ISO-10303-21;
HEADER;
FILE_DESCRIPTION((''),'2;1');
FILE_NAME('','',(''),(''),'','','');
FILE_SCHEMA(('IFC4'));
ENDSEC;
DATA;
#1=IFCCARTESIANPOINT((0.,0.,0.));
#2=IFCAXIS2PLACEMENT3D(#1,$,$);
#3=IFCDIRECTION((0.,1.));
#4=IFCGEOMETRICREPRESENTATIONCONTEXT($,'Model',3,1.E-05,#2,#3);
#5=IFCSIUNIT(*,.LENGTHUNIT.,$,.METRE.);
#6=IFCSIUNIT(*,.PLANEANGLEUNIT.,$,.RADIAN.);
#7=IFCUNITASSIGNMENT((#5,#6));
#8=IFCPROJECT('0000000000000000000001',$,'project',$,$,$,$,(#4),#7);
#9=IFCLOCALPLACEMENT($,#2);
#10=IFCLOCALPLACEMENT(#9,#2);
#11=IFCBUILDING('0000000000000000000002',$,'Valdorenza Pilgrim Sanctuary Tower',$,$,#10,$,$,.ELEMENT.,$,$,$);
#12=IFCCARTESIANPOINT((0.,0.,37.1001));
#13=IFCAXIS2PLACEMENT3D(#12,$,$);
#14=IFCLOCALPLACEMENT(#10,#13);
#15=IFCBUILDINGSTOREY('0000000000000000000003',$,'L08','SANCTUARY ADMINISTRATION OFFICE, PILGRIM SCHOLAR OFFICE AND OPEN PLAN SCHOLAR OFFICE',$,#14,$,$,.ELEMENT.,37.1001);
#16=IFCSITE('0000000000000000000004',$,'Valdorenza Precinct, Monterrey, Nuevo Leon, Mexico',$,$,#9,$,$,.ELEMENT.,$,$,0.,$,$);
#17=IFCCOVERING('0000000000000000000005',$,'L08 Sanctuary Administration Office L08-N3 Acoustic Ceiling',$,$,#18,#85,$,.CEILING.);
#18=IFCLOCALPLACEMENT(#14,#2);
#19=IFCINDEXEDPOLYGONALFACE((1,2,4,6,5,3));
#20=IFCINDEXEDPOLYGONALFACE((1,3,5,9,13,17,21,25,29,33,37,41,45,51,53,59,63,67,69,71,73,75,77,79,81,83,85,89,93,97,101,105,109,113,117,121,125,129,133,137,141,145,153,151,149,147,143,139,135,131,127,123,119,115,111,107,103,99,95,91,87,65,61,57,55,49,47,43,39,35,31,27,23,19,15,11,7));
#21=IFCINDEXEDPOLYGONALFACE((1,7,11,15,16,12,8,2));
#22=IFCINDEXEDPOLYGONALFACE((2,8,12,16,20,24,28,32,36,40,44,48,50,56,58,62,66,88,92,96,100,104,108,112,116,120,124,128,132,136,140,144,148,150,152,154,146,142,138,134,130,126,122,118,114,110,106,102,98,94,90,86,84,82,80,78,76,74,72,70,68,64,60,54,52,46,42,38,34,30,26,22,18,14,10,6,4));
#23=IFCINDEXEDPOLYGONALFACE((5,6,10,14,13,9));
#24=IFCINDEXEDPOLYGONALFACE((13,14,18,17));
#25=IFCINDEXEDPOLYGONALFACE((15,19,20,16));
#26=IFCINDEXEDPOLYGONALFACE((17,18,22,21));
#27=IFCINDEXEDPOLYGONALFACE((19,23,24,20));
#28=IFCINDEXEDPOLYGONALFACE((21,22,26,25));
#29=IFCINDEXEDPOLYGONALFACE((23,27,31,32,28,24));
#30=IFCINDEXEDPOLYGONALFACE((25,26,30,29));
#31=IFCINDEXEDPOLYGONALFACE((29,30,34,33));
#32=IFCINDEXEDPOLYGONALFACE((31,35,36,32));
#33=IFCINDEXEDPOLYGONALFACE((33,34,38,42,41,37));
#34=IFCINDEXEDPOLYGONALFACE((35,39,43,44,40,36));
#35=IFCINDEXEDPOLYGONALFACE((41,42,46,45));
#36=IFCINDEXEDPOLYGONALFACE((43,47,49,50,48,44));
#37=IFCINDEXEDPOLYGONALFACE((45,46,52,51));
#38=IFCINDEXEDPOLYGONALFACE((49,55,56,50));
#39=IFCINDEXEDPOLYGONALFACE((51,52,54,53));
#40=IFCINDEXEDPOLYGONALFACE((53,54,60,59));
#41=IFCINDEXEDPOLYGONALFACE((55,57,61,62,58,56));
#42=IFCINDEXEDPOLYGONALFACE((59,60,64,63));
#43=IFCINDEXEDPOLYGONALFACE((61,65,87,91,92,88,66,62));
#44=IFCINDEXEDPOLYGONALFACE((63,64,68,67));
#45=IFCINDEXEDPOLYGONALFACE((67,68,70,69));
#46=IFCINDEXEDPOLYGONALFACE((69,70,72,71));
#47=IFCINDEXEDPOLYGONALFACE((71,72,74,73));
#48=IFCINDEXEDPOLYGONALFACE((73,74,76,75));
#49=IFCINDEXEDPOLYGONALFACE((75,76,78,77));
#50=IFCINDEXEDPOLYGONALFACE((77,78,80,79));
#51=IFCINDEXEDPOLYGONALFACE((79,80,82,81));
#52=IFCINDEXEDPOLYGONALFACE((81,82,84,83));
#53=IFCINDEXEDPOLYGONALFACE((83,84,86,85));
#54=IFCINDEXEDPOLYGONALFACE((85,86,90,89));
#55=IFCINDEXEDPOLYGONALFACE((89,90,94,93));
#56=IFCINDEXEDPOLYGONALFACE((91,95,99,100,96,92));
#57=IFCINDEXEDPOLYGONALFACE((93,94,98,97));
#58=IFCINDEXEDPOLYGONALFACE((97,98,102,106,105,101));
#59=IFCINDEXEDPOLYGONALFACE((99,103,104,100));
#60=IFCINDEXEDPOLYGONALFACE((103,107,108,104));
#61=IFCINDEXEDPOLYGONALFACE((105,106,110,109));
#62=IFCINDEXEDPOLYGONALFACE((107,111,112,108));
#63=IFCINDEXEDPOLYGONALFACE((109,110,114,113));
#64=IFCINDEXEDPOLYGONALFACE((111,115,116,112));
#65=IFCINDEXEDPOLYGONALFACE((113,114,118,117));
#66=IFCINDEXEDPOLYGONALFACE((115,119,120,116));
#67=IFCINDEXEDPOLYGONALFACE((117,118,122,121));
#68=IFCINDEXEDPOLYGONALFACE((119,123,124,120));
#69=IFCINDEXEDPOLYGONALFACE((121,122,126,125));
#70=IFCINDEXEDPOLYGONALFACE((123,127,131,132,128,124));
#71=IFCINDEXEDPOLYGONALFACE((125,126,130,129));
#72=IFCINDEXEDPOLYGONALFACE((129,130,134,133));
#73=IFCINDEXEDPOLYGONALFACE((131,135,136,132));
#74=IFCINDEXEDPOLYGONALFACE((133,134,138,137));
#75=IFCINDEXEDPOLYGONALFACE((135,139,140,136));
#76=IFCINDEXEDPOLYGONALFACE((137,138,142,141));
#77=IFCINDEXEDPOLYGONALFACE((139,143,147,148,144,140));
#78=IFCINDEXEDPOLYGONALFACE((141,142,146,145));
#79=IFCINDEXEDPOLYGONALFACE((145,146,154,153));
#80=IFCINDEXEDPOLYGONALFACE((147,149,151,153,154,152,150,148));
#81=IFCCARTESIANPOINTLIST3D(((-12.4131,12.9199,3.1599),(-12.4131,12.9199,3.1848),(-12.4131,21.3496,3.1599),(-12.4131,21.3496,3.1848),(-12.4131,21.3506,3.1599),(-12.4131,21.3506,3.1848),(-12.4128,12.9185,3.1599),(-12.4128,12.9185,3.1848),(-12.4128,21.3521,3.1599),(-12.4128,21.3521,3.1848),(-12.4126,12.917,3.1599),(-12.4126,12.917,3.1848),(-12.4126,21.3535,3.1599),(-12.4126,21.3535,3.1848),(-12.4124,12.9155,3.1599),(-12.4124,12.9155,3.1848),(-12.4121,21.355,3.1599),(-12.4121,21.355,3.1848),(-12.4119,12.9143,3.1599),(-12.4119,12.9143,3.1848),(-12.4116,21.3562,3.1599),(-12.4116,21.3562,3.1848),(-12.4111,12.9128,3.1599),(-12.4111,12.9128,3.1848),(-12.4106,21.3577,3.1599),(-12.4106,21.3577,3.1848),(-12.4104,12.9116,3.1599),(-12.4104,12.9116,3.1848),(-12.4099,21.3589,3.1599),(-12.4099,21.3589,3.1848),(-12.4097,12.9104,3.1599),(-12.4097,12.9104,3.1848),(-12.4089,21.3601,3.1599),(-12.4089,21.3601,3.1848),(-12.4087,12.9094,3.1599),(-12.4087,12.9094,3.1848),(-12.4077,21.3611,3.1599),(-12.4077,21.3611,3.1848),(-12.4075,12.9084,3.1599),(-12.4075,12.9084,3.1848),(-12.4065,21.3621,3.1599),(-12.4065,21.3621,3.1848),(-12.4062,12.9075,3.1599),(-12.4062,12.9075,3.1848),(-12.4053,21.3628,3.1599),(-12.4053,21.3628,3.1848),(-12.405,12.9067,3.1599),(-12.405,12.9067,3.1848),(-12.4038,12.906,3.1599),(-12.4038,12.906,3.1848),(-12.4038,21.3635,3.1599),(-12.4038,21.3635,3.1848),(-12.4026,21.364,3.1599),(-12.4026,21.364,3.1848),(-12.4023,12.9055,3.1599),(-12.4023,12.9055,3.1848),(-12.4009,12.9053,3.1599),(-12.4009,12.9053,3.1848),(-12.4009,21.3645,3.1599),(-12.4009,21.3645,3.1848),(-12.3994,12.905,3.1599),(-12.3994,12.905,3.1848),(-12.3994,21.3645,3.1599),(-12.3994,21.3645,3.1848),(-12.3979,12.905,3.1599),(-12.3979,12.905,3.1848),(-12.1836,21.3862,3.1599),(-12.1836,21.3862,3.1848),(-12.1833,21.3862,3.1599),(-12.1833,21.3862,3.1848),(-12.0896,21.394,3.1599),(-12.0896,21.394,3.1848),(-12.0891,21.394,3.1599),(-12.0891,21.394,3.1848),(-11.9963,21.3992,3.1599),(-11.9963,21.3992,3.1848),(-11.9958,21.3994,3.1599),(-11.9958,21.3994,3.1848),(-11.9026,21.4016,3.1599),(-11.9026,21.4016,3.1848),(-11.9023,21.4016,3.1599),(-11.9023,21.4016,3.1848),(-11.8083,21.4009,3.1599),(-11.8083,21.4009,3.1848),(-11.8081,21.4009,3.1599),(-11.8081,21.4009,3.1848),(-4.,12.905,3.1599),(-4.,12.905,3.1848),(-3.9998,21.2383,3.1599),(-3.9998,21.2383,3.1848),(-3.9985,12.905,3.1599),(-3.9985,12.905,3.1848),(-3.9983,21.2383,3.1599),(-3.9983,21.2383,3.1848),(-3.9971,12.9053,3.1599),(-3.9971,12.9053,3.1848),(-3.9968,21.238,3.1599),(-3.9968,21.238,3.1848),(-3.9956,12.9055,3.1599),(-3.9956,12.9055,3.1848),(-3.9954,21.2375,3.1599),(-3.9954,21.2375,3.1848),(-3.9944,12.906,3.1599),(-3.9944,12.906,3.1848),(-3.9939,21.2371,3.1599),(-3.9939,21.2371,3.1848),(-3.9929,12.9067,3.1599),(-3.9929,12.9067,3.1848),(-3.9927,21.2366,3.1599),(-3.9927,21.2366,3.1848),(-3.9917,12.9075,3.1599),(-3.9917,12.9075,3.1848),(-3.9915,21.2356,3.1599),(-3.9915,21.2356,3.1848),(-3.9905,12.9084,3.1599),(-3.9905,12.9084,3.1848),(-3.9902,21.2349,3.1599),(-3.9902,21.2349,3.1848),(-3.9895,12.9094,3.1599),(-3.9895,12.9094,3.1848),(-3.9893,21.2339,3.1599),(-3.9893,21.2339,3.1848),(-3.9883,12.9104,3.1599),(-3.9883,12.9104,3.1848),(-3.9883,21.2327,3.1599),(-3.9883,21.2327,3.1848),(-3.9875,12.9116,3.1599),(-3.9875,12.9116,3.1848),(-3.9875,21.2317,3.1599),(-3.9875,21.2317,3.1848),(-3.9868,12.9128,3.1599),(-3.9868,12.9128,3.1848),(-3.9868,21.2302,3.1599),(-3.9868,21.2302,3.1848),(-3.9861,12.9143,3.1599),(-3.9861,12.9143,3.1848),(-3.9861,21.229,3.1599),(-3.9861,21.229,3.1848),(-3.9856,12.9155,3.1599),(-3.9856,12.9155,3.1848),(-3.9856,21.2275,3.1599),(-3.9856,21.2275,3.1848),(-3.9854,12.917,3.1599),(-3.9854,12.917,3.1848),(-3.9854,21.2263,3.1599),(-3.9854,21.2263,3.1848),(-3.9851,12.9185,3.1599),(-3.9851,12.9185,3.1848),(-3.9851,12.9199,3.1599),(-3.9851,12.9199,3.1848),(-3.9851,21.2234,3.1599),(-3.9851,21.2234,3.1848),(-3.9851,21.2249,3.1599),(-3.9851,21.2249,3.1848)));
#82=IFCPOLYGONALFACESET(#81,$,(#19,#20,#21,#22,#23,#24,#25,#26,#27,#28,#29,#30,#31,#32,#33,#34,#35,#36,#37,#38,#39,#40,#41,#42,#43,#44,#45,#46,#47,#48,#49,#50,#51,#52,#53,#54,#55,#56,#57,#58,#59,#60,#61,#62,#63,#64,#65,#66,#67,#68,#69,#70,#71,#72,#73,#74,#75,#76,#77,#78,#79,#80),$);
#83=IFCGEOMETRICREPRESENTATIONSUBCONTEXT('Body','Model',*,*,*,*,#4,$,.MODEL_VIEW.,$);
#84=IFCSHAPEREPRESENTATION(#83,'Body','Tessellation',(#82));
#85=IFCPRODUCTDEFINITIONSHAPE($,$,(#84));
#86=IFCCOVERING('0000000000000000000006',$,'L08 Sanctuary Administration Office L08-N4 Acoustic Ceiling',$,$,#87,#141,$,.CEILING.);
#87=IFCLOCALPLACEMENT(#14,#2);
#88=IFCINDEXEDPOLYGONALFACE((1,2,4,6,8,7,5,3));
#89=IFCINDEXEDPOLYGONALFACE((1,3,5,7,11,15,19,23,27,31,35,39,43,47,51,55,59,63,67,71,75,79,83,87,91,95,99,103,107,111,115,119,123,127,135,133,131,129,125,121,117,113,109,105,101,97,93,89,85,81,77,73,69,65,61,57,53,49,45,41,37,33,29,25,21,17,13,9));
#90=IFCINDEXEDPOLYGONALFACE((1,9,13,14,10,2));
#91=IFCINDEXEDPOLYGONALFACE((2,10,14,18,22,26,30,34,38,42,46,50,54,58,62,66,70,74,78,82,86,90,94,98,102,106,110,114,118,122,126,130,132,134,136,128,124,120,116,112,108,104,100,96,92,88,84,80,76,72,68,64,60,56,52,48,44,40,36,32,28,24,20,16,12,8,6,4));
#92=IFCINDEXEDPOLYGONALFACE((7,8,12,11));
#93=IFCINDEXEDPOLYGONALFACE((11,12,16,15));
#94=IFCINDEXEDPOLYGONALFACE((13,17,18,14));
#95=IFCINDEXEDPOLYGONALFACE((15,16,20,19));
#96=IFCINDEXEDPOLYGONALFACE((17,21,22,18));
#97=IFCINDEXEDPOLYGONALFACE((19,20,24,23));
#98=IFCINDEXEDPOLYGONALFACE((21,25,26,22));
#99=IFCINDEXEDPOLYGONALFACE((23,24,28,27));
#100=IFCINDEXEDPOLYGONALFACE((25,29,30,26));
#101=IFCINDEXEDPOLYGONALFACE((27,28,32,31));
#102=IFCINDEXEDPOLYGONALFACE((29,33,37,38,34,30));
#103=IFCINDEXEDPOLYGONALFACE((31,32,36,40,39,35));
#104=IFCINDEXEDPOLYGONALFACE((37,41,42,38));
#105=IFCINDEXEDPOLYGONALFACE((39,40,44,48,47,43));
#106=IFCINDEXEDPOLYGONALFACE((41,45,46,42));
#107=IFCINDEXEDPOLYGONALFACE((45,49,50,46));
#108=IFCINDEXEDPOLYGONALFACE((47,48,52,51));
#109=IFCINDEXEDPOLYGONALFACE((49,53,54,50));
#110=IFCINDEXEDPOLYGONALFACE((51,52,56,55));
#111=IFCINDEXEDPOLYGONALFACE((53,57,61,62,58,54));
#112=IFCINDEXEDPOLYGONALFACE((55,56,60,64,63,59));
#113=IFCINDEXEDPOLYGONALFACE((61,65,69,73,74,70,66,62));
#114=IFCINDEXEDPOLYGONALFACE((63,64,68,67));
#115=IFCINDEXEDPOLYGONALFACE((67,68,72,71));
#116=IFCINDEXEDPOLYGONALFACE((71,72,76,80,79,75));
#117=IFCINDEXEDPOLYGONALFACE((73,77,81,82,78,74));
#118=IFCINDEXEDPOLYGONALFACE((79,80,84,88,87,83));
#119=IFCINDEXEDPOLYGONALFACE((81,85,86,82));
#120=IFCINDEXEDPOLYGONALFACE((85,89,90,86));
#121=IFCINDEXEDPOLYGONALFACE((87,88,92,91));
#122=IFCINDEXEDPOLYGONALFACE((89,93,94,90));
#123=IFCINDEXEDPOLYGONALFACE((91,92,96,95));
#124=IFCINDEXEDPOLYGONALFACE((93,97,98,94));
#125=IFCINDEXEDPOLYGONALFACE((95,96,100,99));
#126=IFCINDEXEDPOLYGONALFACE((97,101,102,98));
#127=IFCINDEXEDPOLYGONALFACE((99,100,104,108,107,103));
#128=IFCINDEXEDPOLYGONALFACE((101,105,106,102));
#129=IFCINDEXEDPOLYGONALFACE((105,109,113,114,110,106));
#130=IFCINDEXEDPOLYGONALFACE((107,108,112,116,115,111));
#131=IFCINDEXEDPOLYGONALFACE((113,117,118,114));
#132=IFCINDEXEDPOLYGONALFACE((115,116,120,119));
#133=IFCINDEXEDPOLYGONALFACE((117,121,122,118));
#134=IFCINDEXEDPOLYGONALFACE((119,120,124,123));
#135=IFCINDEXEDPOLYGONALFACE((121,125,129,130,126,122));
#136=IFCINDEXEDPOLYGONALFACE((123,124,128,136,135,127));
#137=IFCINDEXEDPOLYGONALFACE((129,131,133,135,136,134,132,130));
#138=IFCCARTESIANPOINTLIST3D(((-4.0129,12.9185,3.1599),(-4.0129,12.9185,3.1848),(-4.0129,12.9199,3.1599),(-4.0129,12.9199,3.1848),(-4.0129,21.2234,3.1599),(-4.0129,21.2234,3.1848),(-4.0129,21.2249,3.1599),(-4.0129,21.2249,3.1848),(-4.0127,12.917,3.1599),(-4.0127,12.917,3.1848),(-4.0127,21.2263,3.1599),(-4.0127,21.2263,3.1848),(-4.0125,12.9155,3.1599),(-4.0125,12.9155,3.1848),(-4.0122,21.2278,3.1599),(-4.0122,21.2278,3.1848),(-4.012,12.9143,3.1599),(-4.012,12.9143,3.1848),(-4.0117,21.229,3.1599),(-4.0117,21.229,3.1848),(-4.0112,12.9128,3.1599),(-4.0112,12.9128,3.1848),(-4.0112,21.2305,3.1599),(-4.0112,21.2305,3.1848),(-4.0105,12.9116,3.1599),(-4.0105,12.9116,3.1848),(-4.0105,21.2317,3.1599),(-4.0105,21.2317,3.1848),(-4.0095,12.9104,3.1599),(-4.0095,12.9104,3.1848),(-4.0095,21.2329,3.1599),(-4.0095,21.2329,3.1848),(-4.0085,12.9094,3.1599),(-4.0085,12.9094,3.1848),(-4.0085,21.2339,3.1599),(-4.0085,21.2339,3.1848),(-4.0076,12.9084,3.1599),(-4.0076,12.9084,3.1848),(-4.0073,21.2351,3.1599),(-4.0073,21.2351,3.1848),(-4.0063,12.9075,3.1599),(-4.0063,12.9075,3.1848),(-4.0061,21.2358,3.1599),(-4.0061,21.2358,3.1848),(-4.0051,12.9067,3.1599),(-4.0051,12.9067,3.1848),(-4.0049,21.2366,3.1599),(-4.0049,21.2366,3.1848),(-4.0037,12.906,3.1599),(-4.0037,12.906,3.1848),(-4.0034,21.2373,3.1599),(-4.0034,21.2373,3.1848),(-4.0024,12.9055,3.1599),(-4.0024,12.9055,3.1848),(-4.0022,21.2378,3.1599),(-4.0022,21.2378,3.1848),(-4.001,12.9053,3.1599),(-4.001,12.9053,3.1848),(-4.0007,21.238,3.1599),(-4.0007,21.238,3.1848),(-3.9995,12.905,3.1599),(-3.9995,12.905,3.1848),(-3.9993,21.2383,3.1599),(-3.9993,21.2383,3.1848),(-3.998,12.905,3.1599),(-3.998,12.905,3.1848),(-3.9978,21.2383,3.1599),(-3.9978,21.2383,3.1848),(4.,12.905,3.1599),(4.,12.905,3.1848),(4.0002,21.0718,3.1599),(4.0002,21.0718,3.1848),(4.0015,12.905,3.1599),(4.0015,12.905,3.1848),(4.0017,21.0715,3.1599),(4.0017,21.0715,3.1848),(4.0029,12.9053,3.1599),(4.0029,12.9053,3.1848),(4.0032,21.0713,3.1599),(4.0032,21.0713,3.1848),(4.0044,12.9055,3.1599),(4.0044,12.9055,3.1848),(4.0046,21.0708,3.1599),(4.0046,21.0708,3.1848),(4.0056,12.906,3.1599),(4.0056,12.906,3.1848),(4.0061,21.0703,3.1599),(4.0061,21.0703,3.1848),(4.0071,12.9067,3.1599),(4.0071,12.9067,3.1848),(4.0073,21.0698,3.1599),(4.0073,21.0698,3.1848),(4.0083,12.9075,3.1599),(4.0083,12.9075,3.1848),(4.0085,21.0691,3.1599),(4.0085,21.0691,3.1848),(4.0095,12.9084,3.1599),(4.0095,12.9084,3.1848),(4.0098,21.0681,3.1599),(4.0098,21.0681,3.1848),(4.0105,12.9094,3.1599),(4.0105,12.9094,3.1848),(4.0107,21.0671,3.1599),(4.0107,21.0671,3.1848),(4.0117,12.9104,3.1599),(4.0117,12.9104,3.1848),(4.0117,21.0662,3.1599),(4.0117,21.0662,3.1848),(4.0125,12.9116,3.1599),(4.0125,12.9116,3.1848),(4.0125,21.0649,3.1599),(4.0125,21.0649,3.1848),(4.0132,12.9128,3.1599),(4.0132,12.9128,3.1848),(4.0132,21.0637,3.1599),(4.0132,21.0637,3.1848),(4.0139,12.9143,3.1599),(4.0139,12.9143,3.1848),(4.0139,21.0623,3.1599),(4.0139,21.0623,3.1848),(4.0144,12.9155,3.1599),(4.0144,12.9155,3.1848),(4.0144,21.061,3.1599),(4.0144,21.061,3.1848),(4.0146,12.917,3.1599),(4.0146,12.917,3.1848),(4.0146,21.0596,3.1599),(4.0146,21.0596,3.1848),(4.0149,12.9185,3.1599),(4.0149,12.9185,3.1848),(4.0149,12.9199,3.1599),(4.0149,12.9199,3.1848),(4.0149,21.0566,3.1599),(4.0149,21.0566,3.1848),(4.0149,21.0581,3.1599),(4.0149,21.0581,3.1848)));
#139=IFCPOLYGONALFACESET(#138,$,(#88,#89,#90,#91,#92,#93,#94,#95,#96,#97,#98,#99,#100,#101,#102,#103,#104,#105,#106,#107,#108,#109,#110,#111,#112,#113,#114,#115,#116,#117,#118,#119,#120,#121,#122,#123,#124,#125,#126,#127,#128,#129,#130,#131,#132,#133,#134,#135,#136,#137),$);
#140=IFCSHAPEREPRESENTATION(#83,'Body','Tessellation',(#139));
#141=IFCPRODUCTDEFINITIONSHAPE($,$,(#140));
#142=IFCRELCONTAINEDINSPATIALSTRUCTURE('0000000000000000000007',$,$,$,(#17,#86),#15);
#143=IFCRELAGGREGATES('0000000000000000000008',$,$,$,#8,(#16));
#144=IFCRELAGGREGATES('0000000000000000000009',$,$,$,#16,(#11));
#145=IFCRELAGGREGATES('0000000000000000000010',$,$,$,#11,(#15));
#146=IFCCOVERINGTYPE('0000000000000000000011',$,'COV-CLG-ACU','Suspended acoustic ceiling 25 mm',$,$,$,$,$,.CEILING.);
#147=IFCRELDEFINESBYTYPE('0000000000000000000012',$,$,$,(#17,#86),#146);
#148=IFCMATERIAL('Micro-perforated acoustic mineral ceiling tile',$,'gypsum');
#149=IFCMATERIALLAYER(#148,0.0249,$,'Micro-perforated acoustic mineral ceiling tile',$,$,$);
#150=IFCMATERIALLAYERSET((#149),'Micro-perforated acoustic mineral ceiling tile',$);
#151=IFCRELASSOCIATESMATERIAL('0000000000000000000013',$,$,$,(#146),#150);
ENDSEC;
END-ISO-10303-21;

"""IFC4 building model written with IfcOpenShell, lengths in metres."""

from ifc_helpers import new_model, si_unit, direction, frame, origin, place, context, subcontext, project, spatial, polyline, outline, extrude, material, layer, layer_set, type_object, element, save


model = new_model("IFC4")

# Units and contexts
model_context = context("Model", 3, precision=1e-05, world=origin(), true_north=direction((0.0, 1.0)))
body_context = subcontext(model_context, "Body", "Model", "MODEL_VIEW")
ifc_project = project(units=[si_unit("LENGTHUNIT", "METRE"), si_unit("PLANEANGLEUNIT", "RADIAN")], contexts=[model_context])

# Site, building, storey
site_placement = place(None, origin())
site = spatial("IfcSite", under=ifc_project, at=site_placement, Name="Valdorenza Precinct, Monterrey, Nuevo Leon, Mexico", CompositionType="ELEMENT", RefElevation=0.0)
building_placement = place(site_placement, origin())
building = spatial("IfcBuilding", under=site, at=building_placement, Name="Valdorenza Pilgrim Sanctuary Tower", CompositionType="ELEMENT")
storey_placement = place(building_placement, frame((0.0, 0.0, 37.1001)))
storey = spatial("IfcBuildingStorey", under=building, at=storey_placement, Name="L08", Description="SANCTUARY ADMINISTRATION OFFICE, PILGRIM SCHOLAR OFFICE AND OPEN PLAN SCHOLAR OFFICE", CompositionType="ELEMENT", Elevation=37.1001)

# Coverings
ifc_material_1 = material(Name="Micro-perforated acoustic mineral ceiling tile", Category="gypsum")
ifc_layer_1 = layer(ifc_material_1, 0.0249, Name="Micro-perforated acoustic mineral ceiling tile")
ifc_layer_set_1 = layer_set([ifc_layer_1], Name="Micro-perforated acoustic mineral ceiling tile")
covering_type_1 = type_object("IfcCoveringType", Name="COV-CLG-ACU", Description="Suspended acoustic ceiling 25 mm", PredefinedType="CEILING", material=ifc_layer_set_1)
covering_1_placement = place(storey_placement, frame((0.0, 0.0, 3.1599)))
element("IfcCovering", 1, at=covering_1_placement, inside=storey, type_object=covering_type_1, Name="L08 Sanctuary Administration Office L08-N3 Acoustic Ceiling", PredefinedType="CEILING", context=body_context, shape_type="SweptSolid", body=[
    extrude(outline(polyline([(-12.4131, 21.3496), (-12.4131, 21.3506), (-12.4128, 21.3521), (-12.4126, 21.3535), (-12.4121, 21.355), (-12.4116, 21.3562), (-12.4106, 21.3577), (-12.4099, 21.3589), (-12.4089, 21.3601), (-12.4077, 21.3611), (-12.4065, 21.3621), (-12.4053, 21.3628), (-12.4038, 21.3635), (-12.4026, 21.364), (-12.4009, 21.3645), (-12.3994, 21.3645), (-12.1836, 21.3862), (-12.1833, 21.3862), (-12.0896, 21.394), (-12.0891, 21.394), (-11.9963, 21.3992), (-11.9958, 21.3994), (-11.9026, 21.4016), (-11.9023, 21.4016), (-11.8083, 21.4009), (-11.8081, 21.4009), (-3.9998, 21.2383), (-3.9983, 21.2383), (-3.9968, 21.238), (-3.9954, 21.2375), (-3.9939, 21.2371), (-3.9927, 21.2366), (-3.9915, 21.2356), (-3.9902, 21.2349), (-3.9893, 21.2339), (-3.9883, 21.2327), (-3.9875, 21.2317), (-3.9868, 21.2302), (-3.9861, 21.229), (-3.9856, 21.2275), (-3.9854, 21.2263), (-3.9851, 21.2249), (-3.9851, 21.2234), (-3.9851, 12.9199), (-3.9851, 12.9185), (-3.9854, 12.917), (-3.9856, 12.9155), (-3.9861, 12.9143), (-3.9868, 12.9128), (-3.9875, 12.9116), (-3.9883, 12.9104), (-3.9895, 12.9094), (-3.9905, 12.9084), (-3.9917, 12.9075), (-3.9929, 12.9067), (-3.9944, 12.906), (-3.9956, 12.9055), (-3.9971, 12.9053), (-3.9985, 12.905), (-4.0, 12.905), (-12.3979, 12.905), (-12.3994, 12.905), (-12.4009, 12.9053), (-12.4023, 12.9055), (-12.4038, 12.906), (-12.405, 12.9067), (-12.4062, 12.9075), (-12.4075, 12.9084), (-12.4087, 12.9094), (-12.4097, 12.9104), (-12.4104, 12.9116), (-12.4111, 12.9128), (-12.4119, 12.9143), (-12.4124, 12.9155), (-12.4126, 12.917), (-12.4128, 12.9185), (-12.4131, 12.9199), (-12.4131, 21.3496), (-12.4131, 21.3496)])), origin(), (0.0, 0.0, 1.0), 0.0249),
])
covering_2_placement = place(storey_placement, frame((0.0, 0.0, 3.1599)))
element("IfcCovering", 2, at=covering_2_placement, inside=storey, type_object=covering_type_1, Name="L08 Sanctuary Administration Office L08-N4 Acoustic Ceiling", PredefinedType="CEILING", context=body_context, shape_type="SweptSolid", body=[
    extrude(outline(polyline([(-3.998, 12.905), (-3.9995, 12.905), (-4.001, 12.9053), (-4.0024, 12.9055), (-4.0037, 12.906), (-4.0051, 12.9067), (-4.0063, 12.9075), (-4.0076, 12.9084), (-4.0085, 12.9094), (-4.0095, 12.9104), (-4.0105, 12.9116), (-4.0112, 12.9128), (-4.012, 12.9143), (-4.0125, 12.9155), (-4.0127, 12.917), (-4.0129, 12.9185), (-4.0129, 12.9199), (-4.0129, 21.2234), (-4.0129, 21.2249), (-4.0127, 21.2263), (-4.0122, 21.2278), (-4.0117, 21.229), (-4.0112, 21.2305), (-4.0105, 21.2317), (-4.0095, 21.2329), (-4.0085, 21.2339), (-4.0073, 21.2351), (-4.0061, 21.2358), (-4.0049, 21.2366), (-4.0034, 21.2373), (-4.0022, 21.2378), (-4.0007, 21.238), (-3.9993, 21.2383), (-3.9978, 21.2383), (4.0002, 21.0718), (4.0017, 21.0715), (4.0032, 21.0713), (4.0046, 21.0708), (4.0061, 21.0703), (4.0073, 21.0698), (4.0085, 21.0691), (4.0098, 21.0681), (4.0107, 21.0671), (4.0117, 21.0662), (4.0125, 21.0649), (4.0132, 21.0637), (4.0139, 21.0623), (4.0144, 21.061), (4.0146, 21.0596), (4.0149, 21.0581), (4.0149, 21.0566), (4.0149, 12.9199), (4.0149, 12.9185), (4.0146, 12.917), (4.0144, 12.9155), (4.0139, 12.9143), (4.0132, 12.9128), (4.0125, 12.9116), (4.0117, 12.9104), (4.0105, 12.9094), (4.0095, 12.9084), (4.0083, 12.9075), (4.0071, 12.9067), (4.0056, 12.906), (4.0044, 12.9055), (4.0029, 12.9053), (4.0015, 12.905), (4.0, 12.905), (-3.998, 12.905)])), origin(), (0.0, 0.0, 1.0), 0.0249),
])

save(model, "model.ifc")
